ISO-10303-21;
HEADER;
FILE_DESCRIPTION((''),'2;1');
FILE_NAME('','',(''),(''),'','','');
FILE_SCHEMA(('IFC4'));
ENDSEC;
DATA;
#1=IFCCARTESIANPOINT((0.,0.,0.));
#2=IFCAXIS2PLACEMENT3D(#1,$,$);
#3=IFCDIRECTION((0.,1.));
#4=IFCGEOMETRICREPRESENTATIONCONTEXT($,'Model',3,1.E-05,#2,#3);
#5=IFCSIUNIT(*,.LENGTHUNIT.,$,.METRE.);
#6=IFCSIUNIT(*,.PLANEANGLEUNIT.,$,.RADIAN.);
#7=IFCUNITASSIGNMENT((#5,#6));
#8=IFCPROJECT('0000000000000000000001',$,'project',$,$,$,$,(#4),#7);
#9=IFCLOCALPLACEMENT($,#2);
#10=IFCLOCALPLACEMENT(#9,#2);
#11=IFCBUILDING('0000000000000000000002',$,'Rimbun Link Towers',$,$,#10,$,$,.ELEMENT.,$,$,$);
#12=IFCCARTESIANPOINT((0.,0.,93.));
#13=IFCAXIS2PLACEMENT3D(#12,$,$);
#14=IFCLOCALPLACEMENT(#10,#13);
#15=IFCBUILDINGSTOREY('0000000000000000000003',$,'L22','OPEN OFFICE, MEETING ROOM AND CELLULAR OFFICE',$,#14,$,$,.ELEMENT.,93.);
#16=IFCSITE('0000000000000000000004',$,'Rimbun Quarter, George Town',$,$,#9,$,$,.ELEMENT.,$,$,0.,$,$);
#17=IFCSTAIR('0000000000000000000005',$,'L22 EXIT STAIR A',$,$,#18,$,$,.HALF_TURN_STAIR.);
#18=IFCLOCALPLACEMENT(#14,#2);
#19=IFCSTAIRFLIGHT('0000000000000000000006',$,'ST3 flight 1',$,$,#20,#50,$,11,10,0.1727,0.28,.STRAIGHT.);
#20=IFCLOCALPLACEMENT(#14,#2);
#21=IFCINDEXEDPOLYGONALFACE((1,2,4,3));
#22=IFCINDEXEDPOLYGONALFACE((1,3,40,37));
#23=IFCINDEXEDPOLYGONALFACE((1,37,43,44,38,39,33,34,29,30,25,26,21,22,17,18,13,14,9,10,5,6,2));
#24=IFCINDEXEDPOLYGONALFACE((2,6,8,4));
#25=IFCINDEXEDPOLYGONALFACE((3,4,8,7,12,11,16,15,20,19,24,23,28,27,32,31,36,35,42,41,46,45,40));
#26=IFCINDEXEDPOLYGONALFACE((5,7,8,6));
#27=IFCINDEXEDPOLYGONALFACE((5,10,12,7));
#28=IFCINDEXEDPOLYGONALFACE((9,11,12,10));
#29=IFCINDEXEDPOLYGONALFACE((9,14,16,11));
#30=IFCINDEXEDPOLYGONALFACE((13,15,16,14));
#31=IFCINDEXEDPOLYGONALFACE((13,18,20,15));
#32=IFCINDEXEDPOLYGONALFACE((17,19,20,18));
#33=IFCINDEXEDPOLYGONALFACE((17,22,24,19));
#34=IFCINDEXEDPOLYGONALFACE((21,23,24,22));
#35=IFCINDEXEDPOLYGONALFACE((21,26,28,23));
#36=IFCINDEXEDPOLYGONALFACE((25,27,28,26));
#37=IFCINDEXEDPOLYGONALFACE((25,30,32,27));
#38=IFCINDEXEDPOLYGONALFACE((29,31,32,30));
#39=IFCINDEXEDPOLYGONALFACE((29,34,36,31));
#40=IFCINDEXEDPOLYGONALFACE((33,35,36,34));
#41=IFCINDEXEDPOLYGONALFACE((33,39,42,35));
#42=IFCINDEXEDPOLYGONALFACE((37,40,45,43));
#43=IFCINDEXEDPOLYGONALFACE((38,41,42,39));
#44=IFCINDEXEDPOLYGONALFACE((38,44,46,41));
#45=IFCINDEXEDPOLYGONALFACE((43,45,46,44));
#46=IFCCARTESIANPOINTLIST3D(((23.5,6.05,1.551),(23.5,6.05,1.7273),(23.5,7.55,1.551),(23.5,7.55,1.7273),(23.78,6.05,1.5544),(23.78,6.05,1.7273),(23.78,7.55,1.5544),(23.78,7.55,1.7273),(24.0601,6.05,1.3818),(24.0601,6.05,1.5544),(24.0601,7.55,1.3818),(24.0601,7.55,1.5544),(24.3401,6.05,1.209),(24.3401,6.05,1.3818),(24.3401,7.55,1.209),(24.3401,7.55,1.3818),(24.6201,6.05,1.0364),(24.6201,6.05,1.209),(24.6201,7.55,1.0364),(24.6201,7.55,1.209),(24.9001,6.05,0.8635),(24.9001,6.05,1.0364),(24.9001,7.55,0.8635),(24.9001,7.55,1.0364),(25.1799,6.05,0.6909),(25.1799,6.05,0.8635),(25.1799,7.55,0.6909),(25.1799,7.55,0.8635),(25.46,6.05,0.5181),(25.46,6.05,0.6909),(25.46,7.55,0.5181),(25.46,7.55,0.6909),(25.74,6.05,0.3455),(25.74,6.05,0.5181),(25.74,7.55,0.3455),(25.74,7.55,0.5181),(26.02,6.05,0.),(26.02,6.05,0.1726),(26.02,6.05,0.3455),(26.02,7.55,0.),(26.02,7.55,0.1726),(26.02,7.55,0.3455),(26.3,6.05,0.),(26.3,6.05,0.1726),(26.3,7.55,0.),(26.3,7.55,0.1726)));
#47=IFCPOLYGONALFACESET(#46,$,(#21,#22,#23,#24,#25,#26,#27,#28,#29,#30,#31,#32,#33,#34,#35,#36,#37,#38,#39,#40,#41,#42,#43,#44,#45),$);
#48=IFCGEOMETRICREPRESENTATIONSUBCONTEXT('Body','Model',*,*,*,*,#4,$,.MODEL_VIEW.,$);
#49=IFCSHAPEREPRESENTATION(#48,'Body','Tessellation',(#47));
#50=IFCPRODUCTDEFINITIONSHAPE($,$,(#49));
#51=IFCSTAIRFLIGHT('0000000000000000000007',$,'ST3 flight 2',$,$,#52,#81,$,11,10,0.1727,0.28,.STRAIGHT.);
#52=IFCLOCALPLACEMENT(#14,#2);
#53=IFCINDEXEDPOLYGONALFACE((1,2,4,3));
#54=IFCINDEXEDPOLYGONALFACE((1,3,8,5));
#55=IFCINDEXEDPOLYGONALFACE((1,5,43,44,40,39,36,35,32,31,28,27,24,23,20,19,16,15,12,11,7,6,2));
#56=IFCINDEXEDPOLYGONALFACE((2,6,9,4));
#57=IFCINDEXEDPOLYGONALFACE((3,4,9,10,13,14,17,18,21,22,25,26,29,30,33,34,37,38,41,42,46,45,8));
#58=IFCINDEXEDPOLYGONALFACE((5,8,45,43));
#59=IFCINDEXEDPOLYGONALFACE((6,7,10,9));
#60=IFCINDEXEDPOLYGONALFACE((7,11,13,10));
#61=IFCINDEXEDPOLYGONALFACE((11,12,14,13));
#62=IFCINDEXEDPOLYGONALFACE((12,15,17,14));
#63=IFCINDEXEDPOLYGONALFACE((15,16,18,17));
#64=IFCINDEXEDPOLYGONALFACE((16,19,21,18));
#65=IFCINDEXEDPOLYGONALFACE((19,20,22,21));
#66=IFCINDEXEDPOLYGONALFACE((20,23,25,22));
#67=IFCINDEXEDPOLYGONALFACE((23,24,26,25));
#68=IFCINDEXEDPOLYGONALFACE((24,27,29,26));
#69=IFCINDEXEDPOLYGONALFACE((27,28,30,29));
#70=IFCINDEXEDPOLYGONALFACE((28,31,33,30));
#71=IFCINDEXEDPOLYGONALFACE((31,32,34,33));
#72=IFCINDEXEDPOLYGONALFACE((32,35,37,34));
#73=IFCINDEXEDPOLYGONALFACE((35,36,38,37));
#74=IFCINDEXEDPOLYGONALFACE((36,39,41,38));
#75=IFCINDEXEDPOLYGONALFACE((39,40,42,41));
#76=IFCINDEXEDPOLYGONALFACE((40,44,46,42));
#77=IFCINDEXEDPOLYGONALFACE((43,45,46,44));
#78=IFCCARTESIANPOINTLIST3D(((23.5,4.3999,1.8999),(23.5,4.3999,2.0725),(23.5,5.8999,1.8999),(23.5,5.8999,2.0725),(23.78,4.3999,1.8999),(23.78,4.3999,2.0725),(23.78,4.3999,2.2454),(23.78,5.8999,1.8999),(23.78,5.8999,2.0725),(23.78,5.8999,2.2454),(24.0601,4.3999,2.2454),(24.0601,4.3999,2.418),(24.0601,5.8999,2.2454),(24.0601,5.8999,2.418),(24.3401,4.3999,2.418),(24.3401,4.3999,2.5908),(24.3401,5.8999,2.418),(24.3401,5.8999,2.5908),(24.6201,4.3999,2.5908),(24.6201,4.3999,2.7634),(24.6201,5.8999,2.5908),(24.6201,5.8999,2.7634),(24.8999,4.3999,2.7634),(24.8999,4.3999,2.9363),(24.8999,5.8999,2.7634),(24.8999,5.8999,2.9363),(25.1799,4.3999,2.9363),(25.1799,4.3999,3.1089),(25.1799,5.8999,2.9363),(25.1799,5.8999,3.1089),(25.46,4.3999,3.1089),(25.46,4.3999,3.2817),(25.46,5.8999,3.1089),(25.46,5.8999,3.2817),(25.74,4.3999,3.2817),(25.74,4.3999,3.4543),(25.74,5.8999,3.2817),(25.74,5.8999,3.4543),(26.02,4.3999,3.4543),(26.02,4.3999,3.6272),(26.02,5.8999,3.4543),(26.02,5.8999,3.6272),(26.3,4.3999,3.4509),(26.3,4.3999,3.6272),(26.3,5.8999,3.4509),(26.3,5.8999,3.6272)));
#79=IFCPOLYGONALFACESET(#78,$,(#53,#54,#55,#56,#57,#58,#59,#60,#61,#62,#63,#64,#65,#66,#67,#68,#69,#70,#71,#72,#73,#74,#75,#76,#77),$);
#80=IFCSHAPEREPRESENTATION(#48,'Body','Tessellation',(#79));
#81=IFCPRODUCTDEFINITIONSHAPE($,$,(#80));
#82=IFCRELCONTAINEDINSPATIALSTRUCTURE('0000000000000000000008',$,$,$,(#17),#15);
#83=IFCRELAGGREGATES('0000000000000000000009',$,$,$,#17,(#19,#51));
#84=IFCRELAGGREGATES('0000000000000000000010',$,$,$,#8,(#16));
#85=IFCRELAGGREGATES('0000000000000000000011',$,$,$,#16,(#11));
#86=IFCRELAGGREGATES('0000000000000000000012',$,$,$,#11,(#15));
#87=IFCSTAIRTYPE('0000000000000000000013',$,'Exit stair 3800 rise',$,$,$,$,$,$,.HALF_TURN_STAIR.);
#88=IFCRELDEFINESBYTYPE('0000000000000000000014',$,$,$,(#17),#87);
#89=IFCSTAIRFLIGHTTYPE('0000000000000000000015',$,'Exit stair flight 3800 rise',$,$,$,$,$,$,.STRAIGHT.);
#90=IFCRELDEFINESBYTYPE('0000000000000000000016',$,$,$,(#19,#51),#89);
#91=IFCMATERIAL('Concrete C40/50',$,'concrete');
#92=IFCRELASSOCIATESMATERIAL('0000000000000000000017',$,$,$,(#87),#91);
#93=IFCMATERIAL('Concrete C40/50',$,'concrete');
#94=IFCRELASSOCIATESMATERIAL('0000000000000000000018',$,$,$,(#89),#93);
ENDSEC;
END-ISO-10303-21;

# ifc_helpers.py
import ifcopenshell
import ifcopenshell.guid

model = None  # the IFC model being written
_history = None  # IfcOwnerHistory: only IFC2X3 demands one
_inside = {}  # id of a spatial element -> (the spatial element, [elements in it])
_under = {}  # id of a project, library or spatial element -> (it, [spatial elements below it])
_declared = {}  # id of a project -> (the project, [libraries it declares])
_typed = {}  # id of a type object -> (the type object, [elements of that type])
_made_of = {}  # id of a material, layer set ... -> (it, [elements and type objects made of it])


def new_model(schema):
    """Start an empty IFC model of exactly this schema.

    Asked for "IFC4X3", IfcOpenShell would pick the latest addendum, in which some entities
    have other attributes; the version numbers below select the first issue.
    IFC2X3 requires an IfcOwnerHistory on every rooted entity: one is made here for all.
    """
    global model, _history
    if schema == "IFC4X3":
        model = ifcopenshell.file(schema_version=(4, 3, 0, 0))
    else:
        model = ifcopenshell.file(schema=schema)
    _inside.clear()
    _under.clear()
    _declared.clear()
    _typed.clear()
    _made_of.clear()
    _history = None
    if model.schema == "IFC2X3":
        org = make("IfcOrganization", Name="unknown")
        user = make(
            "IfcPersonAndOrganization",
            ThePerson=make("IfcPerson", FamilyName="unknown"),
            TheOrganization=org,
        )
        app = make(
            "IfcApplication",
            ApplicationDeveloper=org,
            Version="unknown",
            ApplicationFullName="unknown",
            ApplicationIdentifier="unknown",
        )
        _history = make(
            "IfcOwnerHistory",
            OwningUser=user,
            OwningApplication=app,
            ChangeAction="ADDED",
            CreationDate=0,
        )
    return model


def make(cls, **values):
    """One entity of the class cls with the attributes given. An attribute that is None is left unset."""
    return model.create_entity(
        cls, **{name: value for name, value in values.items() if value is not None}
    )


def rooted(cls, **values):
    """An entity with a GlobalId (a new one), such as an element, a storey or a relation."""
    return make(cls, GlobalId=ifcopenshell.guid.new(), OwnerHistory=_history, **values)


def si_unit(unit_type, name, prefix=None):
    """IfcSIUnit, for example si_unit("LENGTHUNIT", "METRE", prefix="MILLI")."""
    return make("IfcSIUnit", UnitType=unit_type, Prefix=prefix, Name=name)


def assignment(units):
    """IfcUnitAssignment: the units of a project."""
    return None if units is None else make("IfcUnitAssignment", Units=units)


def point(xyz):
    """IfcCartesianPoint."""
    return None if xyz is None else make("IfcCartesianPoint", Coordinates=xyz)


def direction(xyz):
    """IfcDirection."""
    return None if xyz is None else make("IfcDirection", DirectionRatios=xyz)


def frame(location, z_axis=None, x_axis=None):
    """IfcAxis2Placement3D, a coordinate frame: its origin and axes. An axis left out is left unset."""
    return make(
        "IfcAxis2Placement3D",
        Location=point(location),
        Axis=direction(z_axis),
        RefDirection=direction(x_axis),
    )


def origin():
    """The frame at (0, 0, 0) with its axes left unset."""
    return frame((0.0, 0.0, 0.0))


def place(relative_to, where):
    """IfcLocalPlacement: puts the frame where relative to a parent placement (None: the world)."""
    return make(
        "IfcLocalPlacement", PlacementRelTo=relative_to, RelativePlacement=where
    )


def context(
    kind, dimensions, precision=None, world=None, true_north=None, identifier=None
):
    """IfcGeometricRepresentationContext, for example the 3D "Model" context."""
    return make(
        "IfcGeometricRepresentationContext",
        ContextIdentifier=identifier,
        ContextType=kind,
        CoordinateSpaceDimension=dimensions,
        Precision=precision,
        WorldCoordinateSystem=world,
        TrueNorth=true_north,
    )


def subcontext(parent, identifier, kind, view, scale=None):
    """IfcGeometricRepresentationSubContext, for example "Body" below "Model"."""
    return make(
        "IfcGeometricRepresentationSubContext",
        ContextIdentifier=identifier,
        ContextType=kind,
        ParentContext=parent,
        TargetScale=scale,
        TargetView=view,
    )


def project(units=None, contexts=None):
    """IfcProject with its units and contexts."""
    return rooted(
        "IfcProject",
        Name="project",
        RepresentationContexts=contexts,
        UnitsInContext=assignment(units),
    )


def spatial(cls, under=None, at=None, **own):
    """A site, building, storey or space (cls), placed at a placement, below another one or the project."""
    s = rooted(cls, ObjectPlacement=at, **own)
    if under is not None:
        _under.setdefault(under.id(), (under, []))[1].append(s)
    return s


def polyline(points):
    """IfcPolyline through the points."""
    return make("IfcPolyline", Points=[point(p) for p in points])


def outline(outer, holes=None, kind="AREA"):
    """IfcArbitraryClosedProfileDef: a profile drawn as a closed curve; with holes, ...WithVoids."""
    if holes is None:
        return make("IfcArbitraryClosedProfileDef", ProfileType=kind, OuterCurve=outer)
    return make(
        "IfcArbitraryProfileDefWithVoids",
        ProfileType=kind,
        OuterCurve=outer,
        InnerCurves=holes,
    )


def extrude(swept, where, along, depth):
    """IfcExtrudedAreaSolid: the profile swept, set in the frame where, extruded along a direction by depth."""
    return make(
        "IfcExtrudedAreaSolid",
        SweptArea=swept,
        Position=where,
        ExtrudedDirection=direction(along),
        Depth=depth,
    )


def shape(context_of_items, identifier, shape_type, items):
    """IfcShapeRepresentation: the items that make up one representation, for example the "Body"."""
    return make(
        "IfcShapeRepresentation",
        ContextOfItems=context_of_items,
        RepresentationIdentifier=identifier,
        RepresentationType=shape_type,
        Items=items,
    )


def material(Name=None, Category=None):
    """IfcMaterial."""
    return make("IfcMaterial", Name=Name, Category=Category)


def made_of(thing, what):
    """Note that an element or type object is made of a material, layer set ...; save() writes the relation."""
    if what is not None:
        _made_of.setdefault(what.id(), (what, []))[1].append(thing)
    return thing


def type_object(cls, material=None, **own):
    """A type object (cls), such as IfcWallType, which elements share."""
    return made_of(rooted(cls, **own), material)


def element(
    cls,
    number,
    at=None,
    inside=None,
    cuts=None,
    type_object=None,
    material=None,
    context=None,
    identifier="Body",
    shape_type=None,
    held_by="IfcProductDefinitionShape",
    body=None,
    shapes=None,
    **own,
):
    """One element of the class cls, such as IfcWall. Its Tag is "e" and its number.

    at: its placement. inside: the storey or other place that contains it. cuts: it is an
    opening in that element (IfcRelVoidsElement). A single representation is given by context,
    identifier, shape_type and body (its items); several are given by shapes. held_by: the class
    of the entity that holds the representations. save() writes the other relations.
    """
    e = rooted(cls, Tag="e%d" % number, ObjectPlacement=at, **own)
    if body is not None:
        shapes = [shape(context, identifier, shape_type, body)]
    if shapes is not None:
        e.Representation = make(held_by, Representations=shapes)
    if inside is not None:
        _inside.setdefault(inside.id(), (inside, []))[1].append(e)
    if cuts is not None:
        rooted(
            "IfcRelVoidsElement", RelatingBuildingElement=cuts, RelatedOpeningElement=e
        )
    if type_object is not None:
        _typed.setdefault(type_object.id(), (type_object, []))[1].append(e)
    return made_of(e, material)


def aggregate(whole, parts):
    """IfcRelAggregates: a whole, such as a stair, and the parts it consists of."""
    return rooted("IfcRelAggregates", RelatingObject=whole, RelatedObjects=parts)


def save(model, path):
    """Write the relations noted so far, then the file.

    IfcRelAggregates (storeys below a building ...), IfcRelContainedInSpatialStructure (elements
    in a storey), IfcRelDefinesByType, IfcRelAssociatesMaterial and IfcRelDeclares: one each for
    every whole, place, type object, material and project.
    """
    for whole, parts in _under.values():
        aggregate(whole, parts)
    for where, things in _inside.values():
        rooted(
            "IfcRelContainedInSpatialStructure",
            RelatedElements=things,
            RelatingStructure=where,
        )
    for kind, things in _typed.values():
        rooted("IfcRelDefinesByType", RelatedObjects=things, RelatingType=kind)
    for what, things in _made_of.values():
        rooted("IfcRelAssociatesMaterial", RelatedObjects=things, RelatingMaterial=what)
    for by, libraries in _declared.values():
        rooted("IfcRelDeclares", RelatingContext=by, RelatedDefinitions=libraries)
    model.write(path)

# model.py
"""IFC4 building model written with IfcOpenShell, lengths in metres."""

from ifc_helpers import new_model, si_unit, direction, frame, origin, place, context, subcontext, project, spatial, polyline, outline, extrude, material, type_object, element, aggregate, save


model = new_model("IFC4")

# Units and contexts
model_context = context("Model", 3, precision=1e-05, world=origin(), true_north=direction((0.0, 1.0)))
body_context = subcontext(model_context, "Body", "Model", "MODEL_VIEW")
ifc_project = project(units=[si_unit("LENGTHUNIT", "METRE"), si_unit("PLANEANGLEUNIT", "RADIAN")], contexts=[model_context])

# Site, building, storey
site_placement = place(None, origin())
site = spatial("IfcSite", under=ifc_project, at=site_placement, Name="Rimbun Quarter, George Town", CompositionType="ELEMENT", RefElevation=0.0)
building_placement = place(site_placement, origin())
building = spatial("IfcBuilding", under=site, at=building_placement, Name="Rimbun Link Towers", CompositionType="ELEMENT")
storey_placement = place(building_placement, frame((0.0, 0.0, 93.0)))
storey = spatial("IfcBuildingStorey", under=building, at=storey_placement, Name="L22", Description="OPEN OFFICE, MEETING ROOM AND CELLULAR OFFICE", CompositionType="ELEMENT", Elevation=93.0)

# Stair, stair flights
ifc_material_1 = material(Name="Concrete C40/50", Category="concrete")
stair_type = type_object("IfcStairType", Name="Exit stair 3800 rise", PredefinedType="HALF_TURN_STAIR", material=ifc_material_1)
stair_placement = place(storey_placement, origin())
stair = element("IfcStair", 1, at=stair_placement, inside=storey, type_object=stair_type, Name="L22 EXIT STAIR A", PredefinedType="HALF_TURN_STAIR")
ifc_material_2 = material(Name="Concrete C40/50", Category="concrete")
stair_flight_type = type_object("IfcStairFlightType", Name="Exit stair flight 3800 rise", PredefinedType="STRAIGHT", material=ifc_material_2)
stair_flight_1_placement = place(storey_placement, frame((26.3, 6.8, 0.0), z_axis=(0.0, 0.0, 1.0), x_axis=(-1.0, 0.0, 0.0)))
stair_flight_1 = element("IfcStairFlight", 2, at=stair_flight_1_placement, type_object=stair_flight_type, Name="ST3 flight 1", NumberOfRisers=11, NumberOfTreads=10, PredefinedType="STRAIGHT", RiserHeight=0.1727, TreadLength=0.28, context=body_context, shape_type="SweptSolid", body=[
    extrude(outline(polyline([(0.0, 0.0), (0.0, 0.1726), (0.28, 0.1726), (0.28, 0.3455), (0.5601, 0.3455), (0.5601, 0.5181), (0.8401, 0.5181), (0.8401, 0.6909), (1.1201, 0.6909), (1.1201, 0.8635), (1.3999, 0.8635), (1.3999, 1.0364), (1.6799, 1.0364), (1.6799, 1.209), (1.96, 1.209), (1.96, 1.3818), (2.24, 1.3818), (2.24, 1.5544), (2.52, 1.5544), (2.52, 1.7273), (2.8, 1.7273), (2.8, 1.8999), (2.8, 1.551), (0.28, 0.0), (0.0, 0.0)])), frame((0.0, 0.75, 0.0), z_axis=(0.0, -1.0, 0.0), x_axis=(1.0, 0.0, 0.0)), (0.0, 0.0, 1.0), 1.5),
])
stair_flight_2_placement = place(storey_placement, frame((23.5, 5.1499, 1.8999), z_axis=(0.0, 0.0, 1.0), x_axis=(1.0, 0.0, 0.0)))
stair_flight_2 = element("IfcStairFlight", 3, at=stair_flight_2_placement, type_object=stair_flight_type, Name="ST3 flight 2", NumberOfRisers=11, NumberOfTreads=10, PredefinedType="STRAIGHT", RiserHeight=0.1727, TreadLength=0.28, context=body_context, shape_type="SweptSolid", body=[
    extrude(outline(polyline([(0.0, 0.0), (0.0, 0.1726), (0.28, 0.1726), (0.28, 0.3455), (0.5601, 0.3455), (0.5601, 0.5181), (0.8401, 0.5181), (0.8401, 0.6909), (1.1201, 0.6909), (1.1201, 0.8635), (1.3999, 0.8635), (1.3999, 1.0364), (1.6799, 1.0364), (1.6799, 1.209), (1.96, 1.209), (1.96, 1.3818), (2.24, 1.3818), (2.24, 1.5544), (2.52, 1.5544), (2.52, 1.7273), (2.8, 1.7273), (2.8, 1.8999), (2.8, 1.551), (0.28, 0.0), (0.0, 0.0)])), frame((0.0, 0.75, 0.0), z_axis=(0.0, -1.0, 0.0), x_axis=(1.0, 0.0, 0.0)), (0.0, 0.0, 1.0), 1.5),
])
aggregate(stair, [stair_flight_1, stair_flight_2])

save(model, "model.ifc")
